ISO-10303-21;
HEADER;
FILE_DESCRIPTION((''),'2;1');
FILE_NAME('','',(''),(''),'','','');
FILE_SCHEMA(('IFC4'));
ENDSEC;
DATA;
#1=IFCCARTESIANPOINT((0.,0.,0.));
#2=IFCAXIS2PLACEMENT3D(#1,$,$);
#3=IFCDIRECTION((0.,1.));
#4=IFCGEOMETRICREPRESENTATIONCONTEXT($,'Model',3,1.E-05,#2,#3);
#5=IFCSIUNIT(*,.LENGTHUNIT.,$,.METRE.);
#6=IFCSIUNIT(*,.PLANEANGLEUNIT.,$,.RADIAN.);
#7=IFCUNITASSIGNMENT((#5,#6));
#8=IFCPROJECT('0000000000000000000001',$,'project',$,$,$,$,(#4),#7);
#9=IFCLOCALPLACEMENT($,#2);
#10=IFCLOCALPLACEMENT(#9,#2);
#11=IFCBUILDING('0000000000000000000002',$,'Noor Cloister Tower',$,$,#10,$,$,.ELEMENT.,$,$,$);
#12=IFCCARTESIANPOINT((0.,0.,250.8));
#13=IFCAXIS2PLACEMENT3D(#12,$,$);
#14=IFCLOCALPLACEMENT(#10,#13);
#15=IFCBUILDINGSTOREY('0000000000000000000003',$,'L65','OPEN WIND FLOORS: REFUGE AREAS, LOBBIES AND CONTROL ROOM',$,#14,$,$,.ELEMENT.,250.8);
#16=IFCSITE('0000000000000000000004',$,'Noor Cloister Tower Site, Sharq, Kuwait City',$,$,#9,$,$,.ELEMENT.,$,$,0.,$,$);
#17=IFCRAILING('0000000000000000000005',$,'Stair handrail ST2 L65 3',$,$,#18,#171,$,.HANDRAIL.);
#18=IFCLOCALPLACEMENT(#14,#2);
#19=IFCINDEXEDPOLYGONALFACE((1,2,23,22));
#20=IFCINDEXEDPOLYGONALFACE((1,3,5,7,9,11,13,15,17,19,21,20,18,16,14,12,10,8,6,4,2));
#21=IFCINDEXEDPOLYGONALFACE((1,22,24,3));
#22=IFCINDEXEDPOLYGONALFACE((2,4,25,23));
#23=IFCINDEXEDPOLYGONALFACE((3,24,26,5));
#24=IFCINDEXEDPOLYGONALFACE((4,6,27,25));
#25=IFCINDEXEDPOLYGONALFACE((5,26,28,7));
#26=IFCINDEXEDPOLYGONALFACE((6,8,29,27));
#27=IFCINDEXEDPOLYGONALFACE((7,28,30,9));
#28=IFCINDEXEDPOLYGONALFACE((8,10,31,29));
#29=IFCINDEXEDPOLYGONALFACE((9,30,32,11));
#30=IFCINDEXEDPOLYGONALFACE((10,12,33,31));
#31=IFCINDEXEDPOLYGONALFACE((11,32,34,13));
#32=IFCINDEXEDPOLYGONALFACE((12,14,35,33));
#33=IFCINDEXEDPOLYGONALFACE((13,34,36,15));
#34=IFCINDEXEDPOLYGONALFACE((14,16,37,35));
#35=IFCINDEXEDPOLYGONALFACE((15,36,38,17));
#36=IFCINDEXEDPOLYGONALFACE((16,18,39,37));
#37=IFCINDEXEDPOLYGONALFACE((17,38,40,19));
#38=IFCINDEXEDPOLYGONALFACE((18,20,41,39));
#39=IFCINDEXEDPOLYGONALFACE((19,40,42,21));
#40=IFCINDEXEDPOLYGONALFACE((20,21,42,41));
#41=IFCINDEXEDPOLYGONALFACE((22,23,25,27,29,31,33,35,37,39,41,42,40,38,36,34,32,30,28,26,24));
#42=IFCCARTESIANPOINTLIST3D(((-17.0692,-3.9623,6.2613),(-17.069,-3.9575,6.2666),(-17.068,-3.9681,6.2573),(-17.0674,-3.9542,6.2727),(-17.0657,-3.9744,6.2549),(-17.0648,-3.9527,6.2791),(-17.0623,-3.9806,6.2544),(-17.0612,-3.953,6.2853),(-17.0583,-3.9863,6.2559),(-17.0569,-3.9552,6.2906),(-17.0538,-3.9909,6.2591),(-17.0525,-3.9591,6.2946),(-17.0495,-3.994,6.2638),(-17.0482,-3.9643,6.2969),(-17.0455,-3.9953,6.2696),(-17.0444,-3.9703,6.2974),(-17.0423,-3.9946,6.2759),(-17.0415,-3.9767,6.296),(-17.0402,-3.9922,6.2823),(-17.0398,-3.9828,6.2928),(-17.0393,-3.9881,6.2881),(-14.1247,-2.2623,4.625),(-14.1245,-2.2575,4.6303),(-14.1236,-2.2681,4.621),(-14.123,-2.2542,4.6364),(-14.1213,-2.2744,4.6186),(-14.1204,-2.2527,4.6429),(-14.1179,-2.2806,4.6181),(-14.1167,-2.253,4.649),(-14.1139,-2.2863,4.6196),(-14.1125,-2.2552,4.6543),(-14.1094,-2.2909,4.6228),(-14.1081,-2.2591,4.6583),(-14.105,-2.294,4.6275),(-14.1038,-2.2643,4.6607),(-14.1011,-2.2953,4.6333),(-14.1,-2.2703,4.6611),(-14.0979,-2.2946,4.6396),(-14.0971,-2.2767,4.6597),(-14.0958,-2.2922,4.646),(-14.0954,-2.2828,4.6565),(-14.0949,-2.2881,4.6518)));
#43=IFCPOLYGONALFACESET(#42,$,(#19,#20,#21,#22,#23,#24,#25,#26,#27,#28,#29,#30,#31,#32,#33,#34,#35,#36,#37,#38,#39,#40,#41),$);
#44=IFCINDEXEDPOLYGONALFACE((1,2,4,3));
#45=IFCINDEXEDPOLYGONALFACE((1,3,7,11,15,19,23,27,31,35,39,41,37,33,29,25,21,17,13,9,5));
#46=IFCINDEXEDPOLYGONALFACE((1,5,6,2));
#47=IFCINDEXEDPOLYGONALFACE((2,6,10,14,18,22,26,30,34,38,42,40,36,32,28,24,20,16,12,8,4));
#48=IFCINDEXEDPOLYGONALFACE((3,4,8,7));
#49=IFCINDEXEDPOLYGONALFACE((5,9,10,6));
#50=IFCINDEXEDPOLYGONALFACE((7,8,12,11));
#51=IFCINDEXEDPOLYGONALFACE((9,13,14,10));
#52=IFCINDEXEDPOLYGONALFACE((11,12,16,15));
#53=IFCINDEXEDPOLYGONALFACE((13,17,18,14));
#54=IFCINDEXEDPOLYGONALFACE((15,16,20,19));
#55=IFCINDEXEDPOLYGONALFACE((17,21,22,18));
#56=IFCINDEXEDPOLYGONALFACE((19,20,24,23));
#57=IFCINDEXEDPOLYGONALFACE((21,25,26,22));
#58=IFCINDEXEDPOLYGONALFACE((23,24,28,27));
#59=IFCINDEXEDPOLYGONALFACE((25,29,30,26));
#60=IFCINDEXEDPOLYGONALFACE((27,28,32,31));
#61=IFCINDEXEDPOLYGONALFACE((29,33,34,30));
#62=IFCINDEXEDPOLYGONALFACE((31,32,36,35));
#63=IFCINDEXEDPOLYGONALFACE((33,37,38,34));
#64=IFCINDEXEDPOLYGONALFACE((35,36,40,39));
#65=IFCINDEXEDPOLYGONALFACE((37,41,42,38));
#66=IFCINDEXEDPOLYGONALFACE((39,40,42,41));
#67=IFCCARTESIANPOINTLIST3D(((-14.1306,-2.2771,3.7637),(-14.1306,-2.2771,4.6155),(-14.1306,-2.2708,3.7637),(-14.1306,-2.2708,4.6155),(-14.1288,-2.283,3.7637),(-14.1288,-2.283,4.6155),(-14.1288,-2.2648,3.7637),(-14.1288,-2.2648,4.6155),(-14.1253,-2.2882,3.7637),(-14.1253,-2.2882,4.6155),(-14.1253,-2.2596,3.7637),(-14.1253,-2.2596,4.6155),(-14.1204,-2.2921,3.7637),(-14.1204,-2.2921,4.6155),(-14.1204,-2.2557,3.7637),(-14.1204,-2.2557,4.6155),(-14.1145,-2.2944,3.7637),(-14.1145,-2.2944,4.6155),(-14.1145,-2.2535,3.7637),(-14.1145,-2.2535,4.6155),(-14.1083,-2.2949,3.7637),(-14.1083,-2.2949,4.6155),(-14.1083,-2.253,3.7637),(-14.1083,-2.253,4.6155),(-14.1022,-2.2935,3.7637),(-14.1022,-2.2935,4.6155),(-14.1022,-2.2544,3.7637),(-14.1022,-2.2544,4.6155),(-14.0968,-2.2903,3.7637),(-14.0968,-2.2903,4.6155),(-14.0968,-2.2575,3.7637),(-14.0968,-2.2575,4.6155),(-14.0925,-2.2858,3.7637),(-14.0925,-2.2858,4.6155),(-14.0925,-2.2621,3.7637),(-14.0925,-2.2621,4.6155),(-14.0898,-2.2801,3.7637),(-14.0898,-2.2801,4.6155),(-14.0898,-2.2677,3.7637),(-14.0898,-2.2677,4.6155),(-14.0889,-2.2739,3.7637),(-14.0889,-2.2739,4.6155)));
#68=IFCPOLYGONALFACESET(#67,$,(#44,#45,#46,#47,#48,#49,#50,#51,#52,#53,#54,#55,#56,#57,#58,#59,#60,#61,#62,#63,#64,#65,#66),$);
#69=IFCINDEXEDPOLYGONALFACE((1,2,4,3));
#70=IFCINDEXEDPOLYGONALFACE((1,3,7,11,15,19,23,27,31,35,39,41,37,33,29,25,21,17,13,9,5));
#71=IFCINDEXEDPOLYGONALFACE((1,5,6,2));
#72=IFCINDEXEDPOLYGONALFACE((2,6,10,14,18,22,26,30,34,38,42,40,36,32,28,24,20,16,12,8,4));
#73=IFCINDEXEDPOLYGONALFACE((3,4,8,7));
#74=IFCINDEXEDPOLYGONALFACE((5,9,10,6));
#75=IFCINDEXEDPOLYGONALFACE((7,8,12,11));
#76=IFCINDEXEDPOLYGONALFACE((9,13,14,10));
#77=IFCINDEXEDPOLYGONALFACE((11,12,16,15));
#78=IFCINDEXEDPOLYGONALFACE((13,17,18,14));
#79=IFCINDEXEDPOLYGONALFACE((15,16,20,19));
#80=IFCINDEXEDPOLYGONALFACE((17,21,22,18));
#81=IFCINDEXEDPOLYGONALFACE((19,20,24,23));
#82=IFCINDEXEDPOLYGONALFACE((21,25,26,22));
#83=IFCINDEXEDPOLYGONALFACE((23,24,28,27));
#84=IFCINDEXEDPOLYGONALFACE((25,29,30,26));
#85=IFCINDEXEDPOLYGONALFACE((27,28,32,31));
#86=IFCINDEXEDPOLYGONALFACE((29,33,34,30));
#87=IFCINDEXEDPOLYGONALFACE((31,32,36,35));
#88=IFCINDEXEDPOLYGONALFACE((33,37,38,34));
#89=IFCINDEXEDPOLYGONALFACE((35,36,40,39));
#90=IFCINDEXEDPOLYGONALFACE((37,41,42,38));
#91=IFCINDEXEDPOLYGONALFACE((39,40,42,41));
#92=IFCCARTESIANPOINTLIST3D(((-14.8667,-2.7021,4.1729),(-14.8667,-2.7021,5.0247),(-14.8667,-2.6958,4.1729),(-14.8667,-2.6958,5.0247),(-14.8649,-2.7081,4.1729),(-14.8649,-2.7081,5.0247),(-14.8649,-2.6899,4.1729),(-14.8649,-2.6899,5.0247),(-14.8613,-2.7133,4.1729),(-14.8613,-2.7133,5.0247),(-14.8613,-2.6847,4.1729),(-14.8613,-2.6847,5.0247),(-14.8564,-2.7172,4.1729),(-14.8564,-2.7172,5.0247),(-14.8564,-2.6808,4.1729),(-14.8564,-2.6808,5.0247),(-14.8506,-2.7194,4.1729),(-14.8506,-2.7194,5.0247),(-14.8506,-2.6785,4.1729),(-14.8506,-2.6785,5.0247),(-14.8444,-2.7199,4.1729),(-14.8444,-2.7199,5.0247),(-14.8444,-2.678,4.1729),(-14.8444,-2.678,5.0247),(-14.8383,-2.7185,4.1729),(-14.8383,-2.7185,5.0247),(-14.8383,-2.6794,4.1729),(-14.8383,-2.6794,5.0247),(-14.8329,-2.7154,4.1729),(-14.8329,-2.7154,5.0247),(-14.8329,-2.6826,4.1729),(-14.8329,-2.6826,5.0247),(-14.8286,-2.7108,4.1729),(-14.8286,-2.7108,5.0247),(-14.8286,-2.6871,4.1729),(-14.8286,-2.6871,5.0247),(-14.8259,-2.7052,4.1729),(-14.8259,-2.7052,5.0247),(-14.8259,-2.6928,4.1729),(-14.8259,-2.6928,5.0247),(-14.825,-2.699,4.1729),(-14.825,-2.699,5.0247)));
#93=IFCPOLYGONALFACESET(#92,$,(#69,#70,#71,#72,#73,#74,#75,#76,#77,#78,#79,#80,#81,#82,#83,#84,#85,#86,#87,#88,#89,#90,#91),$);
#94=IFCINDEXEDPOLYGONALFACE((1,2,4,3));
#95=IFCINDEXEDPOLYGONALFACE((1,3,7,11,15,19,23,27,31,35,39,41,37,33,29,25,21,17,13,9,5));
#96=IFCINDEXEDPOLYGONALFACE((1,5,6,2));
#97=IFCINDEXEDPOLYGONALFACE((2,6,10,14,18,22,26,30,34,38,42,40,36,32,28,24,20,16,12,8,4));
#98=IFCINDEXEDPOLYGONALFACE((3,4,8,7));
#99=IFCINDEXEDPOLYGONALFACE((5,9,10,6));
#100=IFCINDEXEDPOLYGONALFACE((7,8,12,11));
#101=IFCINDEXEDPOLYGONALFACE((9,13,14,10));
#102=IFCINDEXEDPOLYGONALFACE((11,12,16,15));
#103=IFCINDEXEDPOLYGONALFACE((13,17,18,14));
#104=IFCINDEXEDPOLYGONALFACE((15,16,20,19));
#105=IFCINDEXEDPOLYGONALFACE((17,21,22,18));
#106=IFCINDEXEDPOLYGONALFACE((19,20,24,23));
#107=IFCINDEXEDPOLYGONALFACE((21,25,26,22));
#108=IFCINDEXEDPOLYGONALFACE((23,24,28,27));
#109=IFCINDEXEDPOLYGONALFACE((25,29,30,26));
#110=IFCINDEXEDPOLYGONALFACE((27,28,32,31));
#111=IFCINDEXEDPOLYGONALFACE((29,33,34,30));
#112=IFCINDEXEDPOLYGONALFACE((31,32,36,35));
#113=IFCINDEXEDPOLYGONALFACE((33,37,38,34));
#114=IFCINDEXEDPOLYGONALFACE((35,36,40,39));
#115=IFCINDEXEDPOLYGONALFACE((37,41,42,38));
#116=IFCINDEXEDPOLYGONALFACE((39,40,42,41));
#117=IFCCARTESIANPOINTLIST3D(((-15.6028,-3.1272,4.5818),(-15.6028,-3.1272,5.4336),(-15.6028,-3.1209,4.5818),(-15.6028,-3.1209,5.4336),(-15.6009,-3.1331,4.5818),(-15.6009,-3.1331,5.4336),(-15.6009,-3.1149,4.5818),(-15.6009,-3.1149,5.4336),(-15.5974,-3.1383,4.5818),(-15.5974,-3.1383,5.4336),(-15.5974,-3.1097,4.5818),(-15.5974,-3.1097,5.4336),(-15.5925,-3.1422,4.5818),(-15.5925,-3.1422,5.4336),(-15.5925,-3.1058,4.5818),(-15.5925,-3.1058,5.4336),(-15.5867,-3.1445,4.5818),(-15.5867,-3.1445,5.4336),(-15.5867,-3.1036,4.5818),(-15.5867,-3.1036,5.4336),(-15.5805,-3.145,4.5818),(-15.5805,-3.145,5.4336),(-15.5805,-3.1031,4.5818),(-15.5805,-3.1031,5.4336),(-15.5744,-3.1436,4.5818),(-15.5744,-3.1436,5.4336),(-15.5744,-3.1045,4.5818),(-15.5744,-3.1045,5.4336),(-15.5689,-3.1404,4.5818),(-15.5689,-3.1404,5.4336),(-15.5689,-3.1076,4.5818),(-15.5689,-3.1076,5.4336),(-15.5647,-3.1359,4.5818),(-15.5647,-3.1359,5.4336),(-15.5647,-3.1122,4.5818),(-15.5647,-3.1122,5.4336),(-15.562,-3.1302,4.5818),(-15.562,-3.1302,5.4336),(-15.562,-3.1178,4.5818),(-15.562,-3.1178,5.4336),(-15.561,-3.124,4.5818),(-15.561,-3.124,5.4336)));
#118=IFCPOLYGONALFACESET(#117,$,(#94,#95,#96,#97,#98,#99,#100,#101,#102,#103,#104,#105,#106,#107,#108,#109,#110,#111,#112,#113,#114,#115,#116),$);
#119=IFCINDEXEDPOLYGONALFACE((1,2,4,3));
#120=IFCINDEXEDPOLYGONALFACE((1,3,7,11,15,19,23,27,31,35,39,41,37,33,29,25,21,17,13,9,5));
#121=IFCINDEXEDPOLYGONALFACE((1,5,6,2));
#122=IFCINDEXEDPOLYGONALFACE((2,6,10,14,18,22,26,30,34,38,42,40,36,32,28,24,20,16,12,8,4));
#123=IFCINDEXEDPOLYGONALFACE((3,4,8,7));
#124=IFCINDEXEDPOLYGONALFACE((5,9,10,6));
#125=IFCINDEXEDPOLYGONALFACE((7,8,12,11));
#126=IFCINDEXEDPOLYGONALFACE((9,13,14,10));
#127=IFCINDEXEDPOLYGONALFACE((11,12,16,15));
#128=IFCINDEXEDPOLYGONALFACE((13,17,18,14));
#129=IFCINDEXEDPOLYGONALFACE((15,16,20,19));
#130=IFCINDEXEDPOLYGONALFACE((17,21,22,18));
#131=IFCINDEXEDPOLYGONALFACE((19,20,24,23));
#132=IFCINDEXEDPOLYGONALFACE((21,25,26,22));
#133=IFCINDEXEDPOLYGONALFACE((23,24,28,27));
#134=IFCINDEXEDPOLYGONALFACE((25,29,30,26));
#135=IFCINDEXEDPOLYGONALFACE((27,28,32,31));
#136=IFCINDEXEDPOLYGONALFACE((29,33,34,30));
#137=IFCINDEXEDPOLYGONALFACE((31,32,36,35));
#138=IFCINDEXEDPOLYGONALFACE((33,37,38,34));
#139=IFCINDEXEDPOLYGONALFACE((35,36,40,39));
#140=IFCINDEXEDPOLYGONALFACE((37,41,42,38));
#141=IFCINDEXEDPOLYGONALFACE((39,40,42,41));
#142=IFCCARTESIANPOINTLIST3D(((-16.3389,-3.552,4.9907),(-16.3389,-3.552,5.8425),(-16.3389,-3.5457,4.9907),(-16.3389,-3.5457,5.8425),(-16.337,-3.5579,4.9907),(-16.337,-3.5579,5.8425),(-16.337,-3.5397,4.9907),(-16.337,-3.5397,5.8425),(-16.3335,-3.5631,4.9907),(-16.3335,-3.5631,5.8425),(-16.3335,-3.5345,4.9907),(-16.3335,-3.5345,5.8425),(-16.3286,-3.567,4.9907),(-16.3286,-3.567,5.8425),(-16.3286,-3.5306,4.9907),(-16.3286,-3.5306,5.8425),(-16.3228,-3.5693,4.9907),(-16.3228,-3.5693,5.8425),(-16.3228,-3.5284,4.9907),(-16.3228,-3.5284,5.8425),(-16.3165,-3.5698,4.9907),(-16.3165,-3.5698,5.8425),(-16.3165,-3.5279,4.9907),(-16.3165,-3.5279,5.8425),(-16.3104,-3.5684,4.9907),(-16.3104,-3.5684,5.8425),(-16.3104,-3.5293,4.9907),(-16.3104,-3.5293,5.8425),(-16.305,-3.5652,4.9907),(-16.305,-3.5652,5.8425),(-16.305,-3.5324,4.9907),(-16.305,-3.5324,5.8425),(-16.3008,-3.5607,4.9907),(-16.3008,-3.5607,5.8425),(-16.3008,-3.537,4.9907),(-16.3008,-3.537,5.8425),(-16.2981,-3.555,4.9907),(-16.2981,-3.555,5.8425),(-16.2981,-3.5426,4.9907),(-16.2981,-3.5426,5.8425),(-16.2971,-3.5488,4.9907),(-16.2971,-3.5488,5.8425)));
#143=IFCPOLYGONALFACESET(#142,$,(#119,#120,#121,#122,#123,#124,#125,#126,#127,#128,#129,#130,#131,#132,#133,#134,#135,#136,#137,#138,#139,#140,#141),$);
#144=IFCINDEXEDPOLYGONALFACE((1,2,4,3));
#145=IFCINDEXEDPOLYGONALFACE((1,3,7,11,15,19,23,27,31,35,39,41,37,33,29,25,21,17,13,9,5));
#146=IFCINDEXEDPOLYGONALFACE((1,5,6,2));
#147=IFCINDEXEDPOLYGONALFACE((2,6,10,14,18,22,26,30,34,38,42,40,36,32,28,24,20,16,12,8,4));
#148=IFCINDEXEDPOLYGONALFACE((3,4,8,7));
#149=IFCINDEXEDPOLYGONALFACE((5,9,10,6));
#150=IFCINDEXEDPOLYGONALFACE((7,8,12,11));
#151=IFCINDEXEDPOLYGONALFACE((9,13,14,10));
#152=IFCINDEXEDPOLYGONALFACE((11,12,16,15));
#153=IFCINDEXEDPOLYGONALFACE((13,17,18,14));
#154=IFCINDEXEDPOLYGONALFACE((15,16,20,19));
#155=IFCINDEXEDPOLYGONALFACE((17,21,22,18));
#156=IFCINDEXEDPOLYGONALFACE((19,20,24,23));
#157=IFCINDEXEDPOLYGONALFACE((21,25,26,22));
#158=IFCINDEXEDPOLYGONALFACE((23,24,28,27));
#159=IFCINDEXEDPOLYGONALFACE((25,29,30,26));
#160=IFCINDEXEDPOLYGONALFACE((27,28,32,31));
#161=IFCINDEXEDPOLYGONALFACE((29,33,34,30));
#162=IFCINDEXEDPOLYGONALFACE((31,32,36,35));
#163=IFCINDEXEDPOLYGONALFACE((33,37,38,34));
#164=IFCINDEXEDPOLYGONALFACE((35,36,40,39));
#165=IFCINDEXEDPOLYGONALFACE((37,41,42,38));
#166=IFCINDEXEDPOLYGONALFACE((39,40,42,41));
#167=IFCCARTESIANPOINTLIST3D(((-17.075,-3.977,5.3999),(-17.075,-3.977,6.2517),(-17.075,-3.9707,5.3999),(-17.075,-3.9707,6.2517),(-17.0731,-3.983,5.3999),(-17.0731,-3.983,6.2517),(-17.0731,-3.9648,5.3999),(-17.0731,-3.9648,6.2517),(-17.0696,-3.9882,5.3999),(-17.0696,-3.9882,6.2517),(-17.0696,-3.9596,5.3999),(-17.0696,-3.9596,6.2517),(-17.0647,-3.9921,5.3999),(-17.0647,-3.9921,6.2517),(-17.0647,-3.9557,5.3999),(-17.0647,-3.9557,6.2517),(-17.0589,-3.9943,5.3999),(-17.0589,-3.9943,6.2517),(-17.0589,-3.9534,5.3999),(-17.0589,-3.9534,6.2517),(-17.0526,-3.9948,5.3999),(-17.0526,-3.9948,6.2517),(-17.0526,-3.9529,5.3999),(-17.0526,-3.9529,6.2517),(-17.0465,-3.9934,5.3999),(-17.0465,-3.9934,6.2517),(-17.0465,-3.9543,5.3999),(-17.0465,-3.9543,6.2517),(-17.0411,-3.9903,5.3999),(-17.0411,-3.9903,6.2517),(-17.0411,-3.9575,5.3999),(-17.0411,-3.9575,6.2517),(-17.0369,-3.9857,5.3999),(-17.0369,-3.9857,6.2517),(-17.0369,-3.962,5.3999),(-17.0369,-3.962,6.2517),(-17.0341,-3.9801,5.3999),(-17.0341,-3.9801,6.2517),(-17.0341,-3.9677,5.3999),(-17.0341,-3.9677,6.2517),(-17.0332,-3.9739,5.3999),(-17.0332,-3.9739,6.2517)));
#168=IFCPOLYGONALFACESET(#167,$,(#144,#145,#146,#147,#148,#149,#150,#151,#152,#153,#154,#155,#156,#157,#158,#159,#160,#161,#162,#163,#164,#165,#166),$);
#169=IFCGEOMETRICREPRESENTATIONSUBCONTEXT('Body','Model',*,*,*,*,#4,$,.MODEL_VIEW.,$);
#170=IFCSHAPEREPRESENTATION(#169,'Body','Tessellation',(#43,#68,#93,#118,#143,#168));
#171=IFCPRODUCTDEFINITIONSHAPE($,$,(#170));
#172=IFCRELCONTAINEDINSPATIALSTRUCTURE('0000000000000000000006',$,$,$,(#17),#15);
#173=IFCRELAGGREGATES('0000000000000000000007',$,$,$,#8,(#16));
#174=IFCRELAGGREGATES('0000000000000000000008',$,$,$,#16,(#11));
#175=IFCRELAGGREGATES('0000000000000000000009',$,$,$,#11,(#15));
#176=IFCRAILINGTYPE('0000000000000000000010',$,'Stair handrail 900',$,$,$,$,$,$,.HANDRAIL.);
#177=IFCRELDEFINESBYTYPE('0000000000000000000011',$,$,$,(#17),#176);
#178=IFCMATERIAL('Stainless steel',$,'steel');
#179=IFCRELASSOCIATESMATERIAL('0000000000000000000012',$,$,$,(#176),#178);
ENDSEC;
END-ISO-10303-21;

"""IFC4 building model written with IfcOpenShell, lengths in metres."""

from ifc_helpers import new_model, si_unit, direction, frame, origin, origin_2d, place, context, subcontext, project, spatial, circle, extrude, material, type_object, element, save


model = new_model("IFC4")

# Units and contexts
model_context = context("Model", 3, precision=1e-05, world=origin(), true_north=direction((0.0, 1.0)))
body_context = subcontext(model_context, "Body", "Model", "MODEL_VIEW")
ifc_project = project(units=[si_unit("LENGTHUNIT", "METRE"), si_unit("PLANEANGLEUNIT", "RADIAN")], contexts=[model_context])

# Site, building, storey
site_placement = place(None, origin())
site = spatial("IfcSite", under=ifc_project, at=site_placement, Name="Noor Cloister Tower Site, Sharq, Kuwait City", CompositionType="ELEMENT", RefElevation=0.0)
building_placement = place(site_placement, origin())
building = spatial("IfcBuilding", under=site, at=building_placement, Name="Noor Cloister Tower", CompositionType="ELEMENT")
storey_placement = place(building_placement, frame((0.0, 0.0, 250.8)))
storey = spatial("IfcBuildingStorey", under=building, at=storey_placement, Name="L65", Description="OPEN WIND FLOORS: REFUGE AREAS, LOBBIES AND CONTROL ROOM", CompositionType="ELEMENT", Elevation=250.8)

# Railing
ifc_material_1 = material(Name="Stainless steel", Category="steel")
railing_type_1 = type_object("IfcRailingType", Name="Stair handrail 900", PredefinedType="HANDRAIL", material=ifc_material_1)
railing_1_placement = place(storey_placement, frame((-14.1099, -2.2739, 3.7637)))
element("IfcRailing", 1, at=railing_1_placement, inside=storey, type_object=railing_type_1, Name="Stair handrail ST2 L65 3", PredefinedType="HANDRAIL", context=body_context, shape_type="SweptSolid", body=[
    extrude(circle(Radius=0.0239, at=origin_2d()), frame((0.0, 0.0, 0.876), z_axis=(-0.780352, -0.450546, 0.433658), x_axis=(0.500008, -0.866021, 0.0)), (0.0, 0.0, 1.0), 3.7732),
    extrude(circle(Radius=0.021, at=origin_2d()), origin(), (0.0, 0.0, 1.0), 0.8518),
    extrude(circle(Radius=0.021, at=origin_2d()), frame((-0.7361, -0.425, 0.4092)), (0.0, 0.0, 1.0), 0.8518),
    extrude(circle(Radius=0.021, at=origin_2d()), frame((-1.4722, -0.8501, 0.8181)), (0.0, 0.0, 1.0), 0.8518),
    extrude(circle(Radius=0.021, at=origin_2d()), frame((-2.2083, -1.2749, 1.2271)), (0.0, 0.0, 1.0), 0.8518),
    extrude(circle(Radius=0.021, at=origin_2d()), frame((-2.9443, -1.7, 1.6362)), (0.0, 0.0, 1.0), 0.8518),
])

save(model, "model.ifc")
